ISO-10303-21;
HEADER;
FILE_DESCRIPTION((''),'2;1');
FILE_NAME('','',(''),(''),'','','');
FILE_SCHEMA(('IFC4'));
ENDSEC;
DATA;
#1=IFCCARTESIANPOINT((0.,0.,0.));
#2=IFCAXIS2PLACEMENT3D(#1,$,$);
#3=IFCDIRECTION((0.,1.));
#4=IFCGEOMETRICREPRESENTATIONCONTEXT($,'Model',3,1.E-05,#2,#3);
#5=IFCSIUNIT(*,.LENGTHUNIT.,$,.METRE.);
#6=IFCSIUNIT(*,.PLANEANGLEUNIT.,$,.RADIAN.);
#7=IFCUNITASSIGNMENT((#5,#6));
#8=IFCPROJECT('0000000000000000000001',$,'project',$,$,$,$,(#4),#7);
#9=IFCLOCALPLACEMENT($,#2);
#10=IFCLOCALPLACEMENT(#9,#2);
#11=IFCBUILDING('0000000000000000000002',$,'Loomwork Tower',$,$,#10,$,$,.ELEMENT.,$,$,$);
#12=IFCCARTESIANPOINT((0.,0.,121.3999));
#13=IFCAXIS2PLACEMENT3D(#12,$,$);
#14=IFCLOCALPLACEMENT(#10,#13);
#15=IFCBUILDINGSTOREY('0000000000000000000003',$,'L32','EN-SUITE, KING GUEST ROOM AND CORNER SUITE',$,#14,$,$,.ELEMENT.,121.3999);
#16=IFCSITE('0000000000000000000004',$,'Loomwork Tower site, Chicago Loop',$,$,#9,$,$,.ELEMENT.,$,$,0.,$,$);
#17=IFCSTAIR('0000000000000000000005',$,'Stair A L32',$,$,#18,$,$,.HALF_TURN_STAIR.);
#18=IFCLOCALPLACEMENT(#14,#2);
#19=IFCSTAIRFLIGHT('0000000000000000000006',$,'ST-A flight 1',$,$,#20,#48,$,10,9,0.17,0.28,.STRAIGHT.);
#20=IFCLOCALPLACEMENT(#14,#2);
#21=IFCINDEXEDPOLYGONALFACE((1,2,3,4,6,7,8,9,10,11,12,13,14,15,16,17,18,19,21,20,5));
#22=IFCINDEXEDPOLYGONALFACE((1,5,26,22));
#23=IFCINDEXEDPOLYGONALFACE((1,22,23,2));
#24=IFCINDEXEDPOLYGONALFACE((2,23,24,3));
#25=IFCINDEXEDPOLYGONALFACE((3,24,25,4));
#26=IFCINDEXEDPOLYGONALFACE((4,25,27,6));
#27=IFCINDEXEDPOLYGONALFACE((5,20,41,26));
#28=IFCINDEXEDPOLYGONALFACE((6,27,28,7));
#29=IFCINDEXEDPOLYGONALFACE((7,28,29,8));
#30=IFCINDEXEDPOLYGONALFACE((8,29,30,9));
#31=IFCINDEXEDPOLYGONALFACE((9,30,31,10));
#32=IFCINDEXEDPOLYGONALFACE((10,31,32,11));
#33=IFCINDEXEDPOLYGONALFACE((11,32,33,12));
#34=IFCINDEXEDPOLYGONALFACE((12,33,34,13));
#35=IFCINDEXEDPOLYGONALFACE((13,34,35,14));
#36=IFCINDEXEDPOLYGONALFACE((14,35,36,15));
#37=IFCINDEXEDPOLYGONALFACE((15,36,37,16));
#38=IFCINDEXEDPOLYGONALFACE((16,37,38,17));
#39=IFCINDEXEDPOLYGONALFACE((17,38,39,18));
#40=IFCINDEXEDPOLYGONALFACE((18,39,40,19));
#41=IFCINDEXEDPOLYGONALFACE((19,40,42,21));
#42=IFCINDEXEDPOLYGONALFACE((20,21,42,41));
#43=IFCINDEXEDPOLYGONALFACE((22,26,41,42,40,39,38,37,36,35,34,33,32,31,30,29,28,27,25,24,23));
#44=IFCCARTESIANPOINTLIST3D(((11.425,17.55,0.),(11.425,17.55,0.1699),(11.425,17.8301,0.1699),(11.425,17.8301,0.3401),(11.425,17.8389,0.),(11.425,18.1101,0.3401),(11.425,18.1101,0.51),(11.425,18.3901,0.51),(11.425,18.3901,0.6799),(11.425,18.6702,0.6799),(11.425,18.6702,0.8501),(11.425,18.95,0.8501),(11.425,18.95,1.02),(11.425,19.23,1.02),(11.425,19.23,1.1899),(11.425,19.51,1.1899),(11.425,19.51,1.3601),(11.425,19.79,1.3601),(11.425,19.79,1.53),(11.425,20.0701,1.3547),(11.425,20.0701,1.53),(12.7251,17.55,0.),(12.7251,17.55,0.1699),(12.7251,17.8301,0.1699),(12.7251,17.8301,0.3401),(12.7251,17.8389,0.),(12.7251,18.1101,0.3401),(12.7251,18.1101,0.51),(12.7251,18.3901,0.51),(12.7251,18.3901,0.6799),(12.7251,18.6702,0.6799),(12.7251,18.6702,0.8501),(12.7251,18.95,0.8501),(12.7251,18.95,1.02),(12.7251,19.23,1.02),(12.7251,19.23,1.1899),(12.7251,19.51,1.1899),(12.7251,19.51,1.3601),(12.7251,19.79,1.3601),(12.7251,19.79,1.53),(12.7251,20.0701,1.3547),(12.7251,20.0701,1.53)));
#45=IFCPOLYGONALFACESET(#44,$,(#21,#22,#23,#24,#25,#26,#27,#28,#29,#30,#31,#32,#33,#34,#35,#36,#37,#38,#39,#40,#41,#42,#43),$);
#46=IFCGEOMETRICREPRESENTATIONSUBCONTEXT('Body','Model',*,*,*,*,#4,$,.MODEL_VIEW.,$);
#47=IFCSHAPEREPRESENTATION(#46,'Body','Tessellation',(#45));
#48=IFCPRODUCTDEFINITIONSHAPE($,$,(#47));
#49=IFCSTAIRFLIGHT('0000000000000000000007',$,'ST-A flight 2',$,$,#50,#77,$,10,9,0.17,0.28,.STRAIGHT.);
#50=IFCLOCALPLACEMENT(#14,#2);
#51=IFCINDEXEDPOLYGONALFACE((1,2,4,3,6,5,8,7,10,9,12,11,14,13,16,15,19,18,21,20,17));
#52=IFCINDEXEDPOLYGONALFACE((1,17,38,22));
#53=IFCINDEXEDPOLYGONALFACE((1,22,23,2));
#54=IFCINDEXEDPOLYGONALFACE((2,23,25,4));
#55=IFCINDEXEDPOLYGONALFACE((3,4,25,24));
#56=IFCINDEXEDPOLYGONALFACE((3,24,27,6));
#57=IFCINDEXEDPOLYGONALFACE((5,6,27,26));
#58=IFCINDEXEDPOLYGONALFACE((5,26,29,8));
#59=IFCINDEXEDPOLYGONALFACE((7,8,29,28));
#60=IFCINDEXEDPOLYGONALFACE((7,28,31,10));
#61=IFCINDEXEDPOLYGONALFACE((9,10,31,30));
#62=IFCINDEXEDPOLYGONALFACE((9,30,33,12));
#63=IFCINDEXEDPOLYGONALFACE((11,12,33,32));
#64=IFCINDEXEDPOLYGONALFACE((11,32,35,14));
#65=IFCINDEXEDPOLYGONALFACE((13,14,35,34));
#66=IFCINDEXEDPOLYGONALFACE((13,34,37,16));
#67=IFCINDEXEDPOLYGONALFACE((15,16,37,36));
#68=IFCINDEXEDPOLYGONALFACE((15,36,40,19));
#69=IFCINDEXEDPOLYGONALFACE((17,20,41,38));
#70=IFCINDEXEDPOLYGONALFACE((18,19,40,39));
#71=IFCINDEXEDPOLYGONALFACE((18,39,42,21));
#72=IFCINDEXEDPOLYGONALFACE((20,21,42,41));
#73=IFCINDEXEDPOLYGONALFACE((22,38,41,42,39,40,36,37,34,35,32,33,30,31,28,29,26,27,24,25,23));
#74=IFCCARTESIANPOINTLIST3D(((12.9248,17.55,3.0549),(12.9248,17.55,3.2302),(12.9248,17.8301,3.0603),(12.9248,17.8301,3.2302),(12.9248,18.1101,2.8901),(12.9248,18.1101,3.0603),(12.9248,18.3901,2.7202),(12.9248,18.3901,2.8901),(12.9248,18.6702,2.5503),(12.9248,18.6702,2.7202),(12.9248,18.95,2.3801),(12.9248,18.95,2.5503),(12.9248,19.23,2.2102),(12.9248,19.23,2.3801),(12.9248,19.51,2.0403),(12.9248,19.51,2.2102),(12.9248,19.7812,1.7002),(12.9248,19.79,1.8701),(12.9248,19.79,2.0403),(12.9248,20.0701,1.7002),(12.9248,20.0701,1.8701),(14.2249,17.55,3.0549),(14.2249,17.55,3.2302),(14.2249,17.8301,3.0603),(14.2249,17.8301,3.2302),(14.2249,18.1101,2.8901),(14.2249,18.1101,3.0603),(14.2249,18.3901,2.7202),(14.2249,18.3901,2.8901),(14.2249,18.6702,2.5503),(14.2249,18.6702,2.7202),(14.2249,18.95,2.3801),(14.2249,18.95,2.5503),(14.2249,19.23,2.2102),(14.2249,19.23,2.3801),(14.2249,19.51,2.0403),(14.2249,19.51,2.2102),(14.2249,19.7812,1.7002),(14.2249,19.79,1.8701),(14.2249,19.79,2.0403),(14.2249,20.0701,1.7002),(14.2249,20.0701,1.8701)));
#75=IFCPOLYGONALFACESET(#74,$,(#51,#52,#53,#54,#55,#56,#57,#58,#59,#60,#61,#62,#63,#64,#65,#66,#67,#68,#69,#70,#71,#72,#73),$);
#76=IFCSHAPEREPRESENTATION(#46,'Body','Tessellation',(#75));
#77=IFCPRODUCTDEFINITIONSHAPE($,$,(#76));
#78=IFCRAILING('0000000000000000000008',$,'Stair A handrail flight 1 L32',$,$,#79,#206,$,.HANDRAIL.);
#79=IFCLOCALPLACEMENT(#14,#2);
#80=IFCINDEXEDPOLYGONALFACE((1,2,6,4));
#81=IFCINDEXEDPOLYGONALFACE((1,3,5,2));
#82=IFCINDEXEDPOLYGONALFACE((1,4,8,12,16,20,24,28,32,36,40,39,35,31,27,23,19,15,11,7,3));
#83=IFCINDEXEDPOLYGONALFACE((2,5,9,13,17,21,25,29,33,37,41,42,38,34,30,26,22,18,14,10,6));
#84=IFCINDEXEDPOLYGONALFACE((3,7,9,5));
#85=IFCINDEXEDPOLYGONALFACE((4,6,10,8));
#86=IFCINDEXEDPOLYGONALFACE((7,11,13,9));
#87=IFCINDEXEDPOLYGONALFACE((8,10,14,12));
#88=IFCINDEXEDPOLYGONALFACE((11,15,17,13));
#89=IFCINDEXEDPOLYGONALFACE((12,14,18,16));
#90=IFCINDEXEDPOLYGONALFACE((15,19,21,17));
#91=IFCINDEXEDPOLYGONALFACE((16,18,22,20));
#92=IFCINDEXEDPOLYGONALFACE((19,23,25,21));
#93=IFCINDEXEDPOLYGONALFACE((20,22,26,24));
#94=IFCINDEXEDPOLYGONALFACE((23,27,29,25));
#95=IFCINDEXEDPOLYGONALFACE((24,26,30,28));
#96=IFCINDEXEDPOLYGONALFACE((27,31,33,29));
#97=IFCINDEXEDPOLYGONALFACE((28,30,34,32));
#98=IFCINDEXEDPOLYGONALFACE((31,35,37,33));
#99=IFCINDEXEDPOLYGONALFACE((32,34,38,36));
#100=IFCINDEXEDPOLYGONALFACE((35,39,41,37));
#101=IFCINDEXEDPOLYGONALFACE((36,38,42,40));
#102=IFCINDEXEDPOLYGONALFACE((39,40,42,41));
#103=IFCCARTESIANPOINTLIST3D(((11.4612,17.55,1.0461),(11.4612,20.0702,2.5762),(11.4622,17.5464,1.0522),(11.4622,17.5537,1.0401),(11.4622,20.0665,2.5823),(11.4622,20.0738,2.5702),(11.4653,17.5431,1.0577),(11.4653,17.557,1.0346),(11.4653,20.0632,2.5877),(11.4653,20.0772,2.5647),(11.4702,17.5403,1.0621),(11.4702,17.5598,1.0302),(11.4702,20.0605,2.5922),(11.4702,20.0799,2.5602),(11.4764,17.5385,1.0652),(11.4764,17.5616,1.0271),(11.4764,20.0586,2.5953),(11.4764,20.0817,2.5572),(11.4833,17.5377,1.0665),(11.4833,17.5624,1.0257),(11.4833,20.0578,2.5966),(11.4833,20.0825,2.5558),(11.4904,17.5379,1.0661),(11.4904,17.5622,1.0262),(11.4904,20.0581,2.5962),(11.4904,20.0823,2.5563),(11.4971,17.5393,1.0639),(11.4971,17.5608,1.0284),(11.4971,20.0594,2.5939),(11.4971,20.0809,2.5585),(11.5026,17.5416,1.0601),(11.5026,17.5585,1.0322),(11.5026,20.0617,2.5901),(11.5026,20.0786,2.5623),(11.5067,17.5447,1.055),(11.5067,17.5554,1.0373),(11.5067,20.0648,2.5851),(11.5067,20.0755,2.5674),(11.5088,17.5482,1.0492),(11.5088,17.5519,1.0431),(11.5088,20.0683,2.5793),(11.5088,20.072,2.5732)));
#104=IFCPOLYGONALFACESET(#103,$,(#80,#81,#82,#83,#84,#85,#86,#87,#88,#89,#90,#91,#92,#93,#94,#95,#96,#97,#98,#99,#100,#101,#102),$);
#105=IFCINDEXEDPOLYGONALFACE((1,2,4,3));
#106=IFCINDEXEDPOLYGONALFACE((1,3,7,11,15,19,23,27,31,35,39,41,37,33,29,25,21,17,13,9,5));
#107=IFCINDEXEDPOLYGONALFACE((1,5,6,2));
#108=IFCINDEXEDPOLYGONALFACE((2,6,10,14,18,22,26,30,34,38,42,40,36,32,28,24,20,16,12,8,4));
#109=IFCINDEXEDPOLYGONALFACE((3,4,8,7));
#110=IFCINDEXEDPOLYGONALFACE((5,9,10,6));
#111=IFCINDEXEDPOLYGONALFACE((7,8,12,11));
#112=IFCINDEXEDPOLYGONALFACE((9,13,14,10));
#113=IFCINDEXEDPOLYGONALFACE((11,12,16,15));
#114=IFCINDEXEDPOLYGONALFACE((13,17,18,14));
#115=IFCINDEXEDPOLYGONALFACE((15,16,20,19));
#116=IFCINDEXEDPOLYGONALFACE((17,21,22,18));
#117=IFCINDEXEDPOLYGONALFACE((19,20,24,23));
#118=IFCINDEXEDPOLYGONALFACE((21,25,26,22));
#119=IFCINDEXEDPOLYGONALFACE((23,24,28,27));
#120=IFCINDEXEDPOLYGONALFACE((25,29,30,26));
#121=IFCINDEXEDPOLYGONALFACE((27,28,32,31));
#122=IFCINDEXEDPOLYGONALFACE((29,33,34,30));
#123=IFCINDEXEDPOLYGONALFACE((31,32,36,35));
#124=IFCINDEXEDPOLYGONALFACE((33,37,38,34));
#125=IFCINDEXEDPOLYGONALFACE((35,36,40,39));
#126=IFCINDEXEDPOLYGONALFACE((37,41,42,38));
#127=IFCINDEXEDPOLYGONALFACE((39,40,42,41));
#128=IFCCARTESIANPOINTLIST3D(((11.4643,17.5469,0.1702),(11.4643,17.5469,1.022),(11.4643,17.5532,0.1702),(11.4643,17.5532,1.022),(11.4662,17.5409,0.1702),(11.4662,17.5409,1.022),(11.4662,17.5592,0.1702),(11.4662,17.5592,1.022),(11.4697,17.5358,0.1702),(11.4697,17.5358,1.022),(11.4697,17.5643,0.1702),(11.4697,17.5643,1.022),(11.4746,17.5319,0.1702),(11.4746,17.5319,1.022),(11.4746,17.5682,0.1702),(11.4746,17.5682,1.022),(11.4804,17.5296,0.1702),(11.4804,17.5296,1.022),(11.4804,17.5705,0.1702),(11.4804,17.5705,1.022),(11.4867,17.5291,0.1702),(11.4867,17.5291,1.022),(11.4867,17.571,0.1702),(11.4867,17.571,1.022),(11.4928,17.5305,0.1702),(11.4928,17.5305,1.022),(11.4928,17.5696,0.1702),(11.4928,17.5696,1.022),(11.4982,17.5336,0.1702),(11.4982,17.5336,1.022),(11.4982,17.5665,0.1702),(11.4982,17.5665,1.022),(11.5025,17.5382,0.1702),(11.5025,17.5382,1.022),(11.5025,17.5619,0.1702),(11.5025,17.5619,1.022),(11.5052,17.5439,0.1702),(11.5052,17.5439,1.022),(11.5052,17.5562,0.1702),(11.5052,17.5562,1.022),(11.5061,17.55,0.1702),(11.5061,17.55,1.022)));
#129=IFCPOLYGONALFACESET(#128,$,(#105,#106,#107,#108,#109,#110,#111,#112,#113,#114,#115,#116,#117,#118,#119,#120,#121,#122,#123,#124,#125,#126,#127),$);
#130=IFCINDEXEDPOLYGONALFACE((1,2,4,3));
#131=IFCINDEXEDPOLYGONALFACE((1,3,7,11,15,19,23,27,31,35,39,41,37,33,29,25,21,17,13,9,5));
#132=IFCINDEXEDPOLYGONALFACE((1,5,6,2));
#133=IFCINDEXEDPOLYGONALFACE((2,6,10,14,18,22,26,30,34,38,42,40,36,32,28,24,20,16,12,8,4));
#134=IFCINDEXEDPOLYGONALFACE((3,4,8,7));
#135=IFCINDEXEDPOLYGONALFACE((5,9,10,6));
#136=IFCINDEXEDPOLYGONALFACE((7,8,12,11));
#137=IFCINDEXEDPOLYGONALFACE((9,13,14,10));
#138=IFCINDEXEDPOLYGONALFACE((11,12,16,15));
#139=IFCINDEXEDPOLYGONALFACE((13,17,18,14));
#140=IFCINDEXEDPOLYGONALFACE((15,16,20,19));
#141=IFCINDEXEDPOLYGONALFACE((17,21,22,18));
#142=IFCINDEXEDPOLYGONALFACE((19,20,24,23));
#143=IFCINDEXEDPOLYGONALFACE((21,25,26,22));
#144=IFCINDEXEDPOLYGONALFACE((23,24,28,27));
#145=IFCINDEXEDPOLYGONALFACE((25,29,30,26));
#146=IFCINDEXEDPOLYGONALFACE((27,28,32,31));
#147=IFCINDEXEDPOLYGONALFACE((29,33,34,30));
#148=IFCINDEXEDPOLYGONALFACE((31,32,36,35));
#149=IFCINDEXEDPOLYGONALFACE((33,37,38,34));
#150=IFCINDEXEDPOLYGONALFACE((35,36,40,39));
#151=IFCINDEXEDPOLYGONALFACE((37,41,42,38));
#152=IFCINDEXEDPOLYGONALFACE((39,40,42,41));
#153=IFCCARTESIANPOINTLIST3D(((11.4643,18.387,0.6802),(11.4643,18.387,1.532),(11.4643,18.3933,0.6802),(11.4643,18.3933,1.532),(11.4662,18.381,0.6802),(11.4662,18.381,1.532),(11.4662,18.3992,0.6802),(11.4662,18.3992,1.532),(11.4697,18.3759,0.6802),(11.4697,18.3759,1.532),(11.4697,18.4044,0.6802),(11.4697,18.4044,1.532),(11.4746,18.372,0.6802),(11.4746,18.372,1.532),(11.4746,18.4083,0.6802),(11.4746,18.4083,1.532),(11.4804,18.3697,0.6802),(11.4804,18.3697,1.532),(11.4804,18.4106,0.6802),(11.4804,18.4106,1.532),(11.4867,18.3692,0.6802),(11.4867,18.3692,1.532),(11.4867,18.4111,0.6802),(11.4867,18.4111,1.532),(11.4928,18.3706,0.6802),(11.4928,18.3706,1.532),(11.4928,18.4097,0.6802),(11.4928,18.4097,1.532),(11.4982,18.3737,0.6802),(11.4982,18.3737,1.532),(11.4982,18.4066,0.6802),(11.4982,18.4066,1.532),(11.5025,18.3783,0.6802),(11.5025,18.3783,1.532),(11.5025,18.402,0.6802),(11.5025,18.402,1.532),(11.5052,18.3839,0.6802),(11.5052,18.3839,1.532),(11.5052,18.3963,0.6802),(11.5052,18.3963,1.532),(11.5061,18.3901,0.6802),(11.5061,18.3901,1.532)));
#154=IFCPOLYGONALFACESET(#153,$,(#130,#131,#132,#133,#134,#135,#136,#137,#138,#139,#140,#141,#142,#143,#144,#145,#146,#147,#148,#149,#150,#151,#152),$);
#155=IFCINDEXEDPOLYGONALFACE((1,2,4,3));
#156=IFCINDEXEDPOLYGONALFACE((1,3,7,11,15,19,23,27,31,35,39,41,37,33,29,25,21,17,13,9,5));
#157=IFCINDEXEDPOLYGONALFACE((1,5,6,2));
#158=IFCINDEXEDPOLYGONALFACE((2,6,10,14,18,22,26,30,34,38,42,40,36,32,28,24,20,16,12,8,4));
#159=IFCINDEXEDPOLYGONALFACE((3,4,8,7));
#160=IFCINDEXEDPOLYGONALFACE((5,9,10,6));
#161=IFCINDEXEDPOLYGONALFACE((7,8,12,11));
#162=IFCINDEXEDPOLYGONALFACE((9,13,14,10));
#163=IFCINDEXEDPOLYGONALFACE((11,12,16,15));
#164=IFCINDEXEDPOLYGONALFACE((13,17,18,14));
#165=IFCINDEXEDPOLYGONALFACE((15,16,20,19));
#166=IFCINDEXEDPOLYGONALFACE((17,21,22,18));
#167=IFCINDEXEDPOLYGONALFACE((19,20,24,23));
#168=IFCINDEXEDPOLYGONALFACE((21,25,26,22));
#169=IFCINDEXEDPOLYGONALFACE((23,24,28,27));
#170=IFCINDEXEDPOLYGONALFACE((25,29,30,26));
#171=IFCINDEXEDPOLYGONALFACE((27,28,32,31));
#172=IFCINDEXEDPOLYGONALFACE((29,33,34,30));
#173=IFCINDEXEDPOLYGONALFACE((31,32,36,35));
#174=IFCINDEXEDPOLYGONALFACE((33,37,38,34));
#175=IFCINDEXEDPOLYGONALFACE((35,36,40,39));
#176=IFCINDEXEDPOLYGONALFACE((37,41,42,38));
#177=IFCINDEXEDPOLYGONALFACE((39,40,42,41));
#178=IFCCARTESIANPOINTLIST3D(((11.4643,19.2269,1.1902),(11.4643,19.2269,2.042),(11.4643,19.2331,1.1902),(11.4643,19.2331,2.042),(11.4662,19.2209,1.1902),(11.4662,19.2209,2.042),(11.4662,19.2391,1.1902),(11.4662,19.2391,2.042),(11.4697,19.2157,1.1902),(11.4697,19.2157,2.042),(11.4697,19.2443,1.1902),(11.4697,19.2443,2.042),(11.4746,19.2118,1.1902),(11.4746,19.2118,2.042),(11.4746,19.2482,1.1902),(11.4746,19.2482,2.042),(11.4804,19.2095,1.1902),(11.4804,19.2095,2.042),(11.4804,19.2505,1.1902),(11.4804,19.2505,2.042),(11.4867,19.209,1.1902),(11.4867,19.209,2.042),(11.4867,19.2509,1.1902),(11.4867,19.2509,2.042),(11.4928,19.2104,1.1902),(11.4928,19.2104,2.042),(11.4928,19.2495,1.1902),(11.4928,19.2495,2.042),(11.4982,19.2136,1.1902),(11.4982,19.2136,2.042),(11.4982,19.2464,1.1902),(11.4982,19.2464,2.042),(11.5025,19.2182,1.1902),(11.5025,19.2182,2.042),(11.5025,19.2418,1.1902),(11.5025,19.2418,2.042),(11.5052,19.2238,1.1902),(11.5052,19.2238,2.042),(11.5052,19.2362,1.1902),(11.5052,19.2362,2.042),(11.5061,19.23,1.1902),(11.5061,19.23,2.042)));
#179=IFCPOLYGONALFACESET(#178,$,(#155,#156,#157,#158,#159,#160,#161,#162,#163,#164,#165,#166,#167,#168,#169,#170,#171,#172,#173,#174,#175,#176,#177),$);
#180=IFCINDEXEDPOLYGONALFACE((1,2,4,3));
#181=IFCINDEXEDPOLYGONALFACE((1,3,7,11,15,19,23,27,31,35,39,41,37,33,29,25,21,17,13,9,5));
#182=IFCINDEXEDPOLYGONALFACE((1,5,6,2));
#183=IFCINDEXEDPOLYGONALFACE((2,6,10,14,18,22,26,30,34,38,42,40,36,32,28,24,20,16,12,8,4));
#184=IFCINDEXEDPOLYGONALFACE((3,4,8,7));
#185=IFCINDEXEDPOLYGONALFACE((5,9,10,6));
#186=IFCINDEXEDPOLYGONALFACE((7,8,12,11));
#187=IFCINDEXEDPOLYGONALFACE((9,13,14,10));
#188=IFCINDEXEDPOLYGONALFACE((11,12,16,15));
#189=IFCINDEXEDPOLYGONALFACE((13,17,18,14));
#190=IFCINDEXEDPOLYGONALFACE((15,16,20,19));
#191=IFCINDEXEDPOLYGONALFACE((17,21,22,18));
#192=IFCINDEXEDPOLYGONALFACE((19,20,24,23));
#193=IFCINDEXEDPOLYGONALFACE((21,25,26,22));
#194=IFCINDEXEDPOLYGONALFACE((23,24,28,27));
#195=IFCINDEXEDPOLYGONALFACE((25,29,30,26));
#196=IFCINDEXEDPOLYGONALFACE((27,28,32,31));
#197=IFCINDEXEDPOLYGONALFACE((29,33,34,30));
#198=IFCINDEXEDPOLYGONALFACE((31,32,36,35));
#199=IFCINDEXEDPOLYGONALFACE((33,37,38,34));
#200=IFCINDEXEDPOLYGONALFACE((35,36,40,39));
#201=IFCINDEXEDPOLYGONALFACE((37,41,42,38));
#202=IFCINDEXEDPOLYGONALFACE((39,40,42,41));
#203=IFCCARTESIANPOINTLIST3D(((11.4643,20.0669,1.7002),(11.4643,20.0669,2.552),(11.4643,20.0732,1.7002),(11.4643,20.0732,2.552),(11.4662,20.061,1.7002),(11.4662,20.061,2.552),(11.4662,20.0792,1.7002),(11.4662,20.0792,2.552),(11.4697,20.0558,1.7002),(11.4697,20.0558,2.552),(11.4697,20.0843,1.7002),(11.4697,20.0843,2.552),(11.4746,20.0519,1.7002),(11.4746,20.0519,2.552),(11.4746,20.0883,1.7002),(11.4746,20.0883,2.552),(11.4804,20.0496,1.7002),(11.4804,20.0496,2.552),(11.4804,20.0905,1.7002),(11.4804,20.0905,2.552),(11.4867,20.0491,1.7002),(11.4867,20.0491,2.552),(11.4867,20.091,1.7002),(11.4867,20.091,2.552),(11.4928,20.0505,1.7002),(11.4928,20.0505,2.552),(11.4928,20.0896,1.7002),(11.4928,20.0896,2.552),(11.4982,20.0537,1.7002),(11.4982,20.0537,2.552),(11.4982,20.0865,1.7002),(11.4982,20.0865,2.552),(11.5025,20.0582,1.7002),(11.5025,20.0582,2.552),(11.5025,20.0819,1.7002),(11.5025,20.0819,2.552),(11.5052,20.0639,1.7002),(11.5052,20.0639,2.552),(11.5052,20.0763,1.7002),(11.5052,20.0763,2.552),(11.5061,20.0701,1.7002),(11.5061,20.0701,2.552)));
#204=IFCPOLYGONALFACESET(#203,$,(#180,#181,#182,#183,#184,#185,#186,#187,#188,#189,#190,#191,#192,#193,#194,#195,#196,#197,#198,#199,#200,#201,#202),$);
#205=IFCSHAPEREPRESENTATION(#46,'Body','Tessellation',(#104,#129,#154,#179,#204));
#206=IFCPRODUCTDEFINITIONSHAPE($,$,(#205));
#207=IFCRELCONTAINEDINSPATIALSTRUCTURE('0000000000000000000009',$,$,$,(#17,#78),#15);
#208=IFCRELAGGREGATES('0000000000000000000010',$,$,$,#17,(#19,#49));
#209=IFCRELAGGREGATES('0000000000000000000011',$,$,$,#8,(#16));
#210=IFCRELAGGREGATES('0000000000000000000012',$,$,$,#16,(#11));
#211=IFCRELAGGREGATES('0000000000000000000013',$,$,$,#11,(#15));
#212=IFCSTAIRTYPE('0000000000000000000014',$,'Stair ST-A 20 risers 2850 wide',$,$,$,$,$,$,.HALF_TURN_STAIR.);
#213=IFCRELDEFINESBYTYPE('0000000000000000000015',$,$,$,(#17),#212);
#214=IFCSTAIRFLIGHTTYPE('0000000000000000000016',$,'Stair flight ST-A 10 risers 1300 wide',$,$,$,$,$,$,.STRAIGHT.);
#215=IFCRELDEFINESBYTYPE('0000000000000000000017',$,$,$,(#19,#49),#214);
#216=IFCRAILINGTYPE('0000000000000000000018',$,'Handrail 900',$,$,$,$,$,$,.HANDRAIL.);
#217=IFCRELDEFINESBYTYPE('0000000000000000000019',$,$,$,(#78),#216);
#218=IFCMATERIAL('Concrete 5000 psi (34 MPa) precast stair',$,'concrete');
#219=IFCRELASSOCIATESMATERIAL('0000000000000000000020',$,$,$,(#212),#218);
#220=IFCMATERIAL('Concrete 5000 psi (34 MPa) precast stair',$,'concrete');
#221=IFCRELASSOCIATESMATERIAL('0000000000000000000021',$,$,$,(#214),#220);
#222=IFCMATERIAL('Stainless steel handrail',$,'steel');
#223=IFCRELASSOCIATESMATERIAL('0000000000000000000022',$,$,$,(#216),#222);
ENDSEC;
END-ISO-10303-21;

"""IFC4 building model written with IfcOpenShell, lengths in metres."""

from ifc_helpers import new_model, si_unit, direction, frame, origin, origin_2d, place, context, subcontext, project, spatial, polyline, circle, outline, extrude, material, type_object, element, aggregate, save


model = new_model("IFC4")

# Units and contexts
model_context = context("Model", 3, precision=1e-05, world=origin(), true_north=direction((0.0, 1.0)))
body_context = subcontext(model_context, "Body", "Model", "MODEL_VIEW")
ifc_project = project(units=[si_unit("LENGTHUNIT", "METRE"), si_unit("PLANEANGLEUNIT", "RADIAN")], contexts=[model_context])

# Site, building, storey
site_placement = place(None, origin())
site = spatial("IfcSite", under=ifc_project, at=site_placement, Name="Loomwork Tower site, Chicago Loop", CompositionType="ELEMENT", RefElevation=0.0)
building_placement = place(site_placement, origin())
building = spatial("IfcBuilding", under=site, at=building_placement, Name="Loomwork Tower", CompositionType="ELEMENT")
storey_placement = place(building_placement, frame((0.0, 0.0, 121.3999)))
storey = spatial("IfcBuildingStorey", under=building, at=storey_placement, Name="L32", Description="EN-SUITE, KING GUEST ROOM AND CORNER SUITE", CompositionType="ELEMENT", Elevation=121.3999)

# Stair, stair flights
ifc_material_1 = material(Name="Concrete 5000 psi (34 MPa) precast stair", Category="concrete")
stair_type = type_object("IfcStairType", Name="Stair ST-A 20 risers 2850 wide", PredefinedType="HALF_TURN_STAIR", material=ifc_material_1)
stair_placement = place(storey_placement, origin())
stair = element("IfcStair", 1, at=stair_placement, inside=storey, type_object=stair_type, Name="Stair A L32", PredefinedType="HALF_TURN_STAIR")
ifc_material_2 = material(Name="Concrete 5000 psi (34 MPa) precast stair", Category="concrete")
stair_flight_type = type_object("IfcStairFlightType", Name="Stair flight ST-A 10 risers 1300 wide", PredefinedType="STRAIGHT", material=ifc_material_2)
stair_flight_1_placement = place(storey_placement, frame((12.075, 17.55, 0.0), z_axis=(0.0, 0.0, 1.0), x_axis=(0.0, 1.0, 0.0)))
stair_flight_1 = element("IfcStairFlight", 2, at=stair_flight_1_placement, type_object=stair_flight_type, Name="ST-A flight 1", NumberOfRisers=10, NumberOfTreads=9, PredefinedType="STRAIGHT", RiserHeight=0.17, TreadLength=0.28, context=body_context, shape_type="SweptSolid", body=[
    extrude(outline(polyline([(0.0, 0.0), (0.0, 0.1699), (0.28, 0.1699), (0.28, 0.3401), (0.5601, 0.3401), (0.5601, 0.51), (0.8401, 0.51), (0.8401, 0.6799), (1.1201, 0.6799), (1.1201, 0.8501), (1.3999, 0.8501), (1.3999, 1.02), (1.6799, 1.02), (1.6799, 1.1899), (1.96, 1.1899), (1.96, 1.3601), (2.24, 1.3601), (2.24, 1.53), (2.52, 1.53), (2.52, 1.7), (2.52, 1.3547), (0.2888, 0.0), (0.0, 0.0)])), frame((0.0, 0.6499, 0.0), z_axis=(0.0, -1.0, 0.0), x_axis=(1.0, 0.0, 0.0)), (0.0, 0.0, 1.0), 1.3),
])
stair_flight_2_placement = place(storey_placement, frame((13.575, 20.0701, 1.7002), z_axis=(0.0, 0.0, 1.0), x_axis=(0.0, -1.0, 0.0)))
stair_flight_2 = element("IfcStairFlight", 3, at=stair_flight_2_placement, type_object=stair_flight_type, Name="ST-A flight 2", NumberOfRisers=10, NumberOfTreads=9, PredefinedType="STRAIGHT", RiserHeight=0.17, TreadLength=0.28, context=body_context, shape_type="SweptSolid", body=[
    extrude(outline(polyline([(0.0, 0.0), (0.0, 0.1699), (0.28, 0.1699), (0.28, 0.3401), (0.5601, 0.3401), (0.5601, 0.51), (0.8401, 0.51), (0.8401, 0.6799), (1.1201, 0.6799), (1.1201, 0.8501), (1.3999, 0.8501), (1.3999, 1.02), (1.6799, 1.02), (1.6799, 1.1899), (1.96, 1.1899), (1.96, 1.3601), (2.24, 1.3601), (2.24, 1.53), (2.52, 1.53), (2.52, 1.7), (2.52, 1.3547), (0.2888, 0.0), (0.0, 0.0)])), frame((0.0, 0.6499, 0.0), z_axis=(0.0, -1.0, 0.0), x_axis=(1.0, 0.0, 0.0)), (0.0, 0.0, 1.0), 1.3),
])
aggregate(stair, [stair_flight_1, stair_flight_2])

# Railing
ifc_material_3 = material(Name="Stainless steel handrail", Category="steel")
railing_type = type_object("IfcRailingType", Name="Handrail 900", PredefinedType="HANDRAIL", material=ifc_material_3)
railing_1_placement = place(storey_placement, frame((11.4851, 17.55, 0.1702)))
element("IfcRailing", 4, at=railing_1_placement, inside=storey, type_object=railing_type, Name="Stair A handrail flight 1 L32", PredefinedType="HANDRAIL", context=body_context, shape_type="SweptSolid", body=[
    extrude(circle(Radius=0.0239, at=origin_2d()), frame((0.0, 0.0, 0.876), z_axis=(0.0, 0.854785, 0.518982), x_axis=(-1.0, 0.0, 0.0)), (0.0, 0.0, 1.0), 2.9482),
    extrude(circle(Radius=0.021, at=origin_2d()), origin(), (0.0, 0.0, 1.0), 0.8518),
    extrude(circle(Radius=0.021, at=origin_2d()), frame((0.0, 0.8401, 0.51)), (0.0, 0.0, 1.0), 0.8518),
    extrude(circle(Radius=0.021, at=origin_2d()), frame((0.0, 1.6799, 1.02)), (0.0, 0.0, 1.0), 0.8518),
    extrude(circle(Radius=0.021, at=origin_2d()), frame((0.0, 2.52, 1.53)), (0.0, 0.0, 1.0), 0.8518),
])

save(model, "model.ifc")
